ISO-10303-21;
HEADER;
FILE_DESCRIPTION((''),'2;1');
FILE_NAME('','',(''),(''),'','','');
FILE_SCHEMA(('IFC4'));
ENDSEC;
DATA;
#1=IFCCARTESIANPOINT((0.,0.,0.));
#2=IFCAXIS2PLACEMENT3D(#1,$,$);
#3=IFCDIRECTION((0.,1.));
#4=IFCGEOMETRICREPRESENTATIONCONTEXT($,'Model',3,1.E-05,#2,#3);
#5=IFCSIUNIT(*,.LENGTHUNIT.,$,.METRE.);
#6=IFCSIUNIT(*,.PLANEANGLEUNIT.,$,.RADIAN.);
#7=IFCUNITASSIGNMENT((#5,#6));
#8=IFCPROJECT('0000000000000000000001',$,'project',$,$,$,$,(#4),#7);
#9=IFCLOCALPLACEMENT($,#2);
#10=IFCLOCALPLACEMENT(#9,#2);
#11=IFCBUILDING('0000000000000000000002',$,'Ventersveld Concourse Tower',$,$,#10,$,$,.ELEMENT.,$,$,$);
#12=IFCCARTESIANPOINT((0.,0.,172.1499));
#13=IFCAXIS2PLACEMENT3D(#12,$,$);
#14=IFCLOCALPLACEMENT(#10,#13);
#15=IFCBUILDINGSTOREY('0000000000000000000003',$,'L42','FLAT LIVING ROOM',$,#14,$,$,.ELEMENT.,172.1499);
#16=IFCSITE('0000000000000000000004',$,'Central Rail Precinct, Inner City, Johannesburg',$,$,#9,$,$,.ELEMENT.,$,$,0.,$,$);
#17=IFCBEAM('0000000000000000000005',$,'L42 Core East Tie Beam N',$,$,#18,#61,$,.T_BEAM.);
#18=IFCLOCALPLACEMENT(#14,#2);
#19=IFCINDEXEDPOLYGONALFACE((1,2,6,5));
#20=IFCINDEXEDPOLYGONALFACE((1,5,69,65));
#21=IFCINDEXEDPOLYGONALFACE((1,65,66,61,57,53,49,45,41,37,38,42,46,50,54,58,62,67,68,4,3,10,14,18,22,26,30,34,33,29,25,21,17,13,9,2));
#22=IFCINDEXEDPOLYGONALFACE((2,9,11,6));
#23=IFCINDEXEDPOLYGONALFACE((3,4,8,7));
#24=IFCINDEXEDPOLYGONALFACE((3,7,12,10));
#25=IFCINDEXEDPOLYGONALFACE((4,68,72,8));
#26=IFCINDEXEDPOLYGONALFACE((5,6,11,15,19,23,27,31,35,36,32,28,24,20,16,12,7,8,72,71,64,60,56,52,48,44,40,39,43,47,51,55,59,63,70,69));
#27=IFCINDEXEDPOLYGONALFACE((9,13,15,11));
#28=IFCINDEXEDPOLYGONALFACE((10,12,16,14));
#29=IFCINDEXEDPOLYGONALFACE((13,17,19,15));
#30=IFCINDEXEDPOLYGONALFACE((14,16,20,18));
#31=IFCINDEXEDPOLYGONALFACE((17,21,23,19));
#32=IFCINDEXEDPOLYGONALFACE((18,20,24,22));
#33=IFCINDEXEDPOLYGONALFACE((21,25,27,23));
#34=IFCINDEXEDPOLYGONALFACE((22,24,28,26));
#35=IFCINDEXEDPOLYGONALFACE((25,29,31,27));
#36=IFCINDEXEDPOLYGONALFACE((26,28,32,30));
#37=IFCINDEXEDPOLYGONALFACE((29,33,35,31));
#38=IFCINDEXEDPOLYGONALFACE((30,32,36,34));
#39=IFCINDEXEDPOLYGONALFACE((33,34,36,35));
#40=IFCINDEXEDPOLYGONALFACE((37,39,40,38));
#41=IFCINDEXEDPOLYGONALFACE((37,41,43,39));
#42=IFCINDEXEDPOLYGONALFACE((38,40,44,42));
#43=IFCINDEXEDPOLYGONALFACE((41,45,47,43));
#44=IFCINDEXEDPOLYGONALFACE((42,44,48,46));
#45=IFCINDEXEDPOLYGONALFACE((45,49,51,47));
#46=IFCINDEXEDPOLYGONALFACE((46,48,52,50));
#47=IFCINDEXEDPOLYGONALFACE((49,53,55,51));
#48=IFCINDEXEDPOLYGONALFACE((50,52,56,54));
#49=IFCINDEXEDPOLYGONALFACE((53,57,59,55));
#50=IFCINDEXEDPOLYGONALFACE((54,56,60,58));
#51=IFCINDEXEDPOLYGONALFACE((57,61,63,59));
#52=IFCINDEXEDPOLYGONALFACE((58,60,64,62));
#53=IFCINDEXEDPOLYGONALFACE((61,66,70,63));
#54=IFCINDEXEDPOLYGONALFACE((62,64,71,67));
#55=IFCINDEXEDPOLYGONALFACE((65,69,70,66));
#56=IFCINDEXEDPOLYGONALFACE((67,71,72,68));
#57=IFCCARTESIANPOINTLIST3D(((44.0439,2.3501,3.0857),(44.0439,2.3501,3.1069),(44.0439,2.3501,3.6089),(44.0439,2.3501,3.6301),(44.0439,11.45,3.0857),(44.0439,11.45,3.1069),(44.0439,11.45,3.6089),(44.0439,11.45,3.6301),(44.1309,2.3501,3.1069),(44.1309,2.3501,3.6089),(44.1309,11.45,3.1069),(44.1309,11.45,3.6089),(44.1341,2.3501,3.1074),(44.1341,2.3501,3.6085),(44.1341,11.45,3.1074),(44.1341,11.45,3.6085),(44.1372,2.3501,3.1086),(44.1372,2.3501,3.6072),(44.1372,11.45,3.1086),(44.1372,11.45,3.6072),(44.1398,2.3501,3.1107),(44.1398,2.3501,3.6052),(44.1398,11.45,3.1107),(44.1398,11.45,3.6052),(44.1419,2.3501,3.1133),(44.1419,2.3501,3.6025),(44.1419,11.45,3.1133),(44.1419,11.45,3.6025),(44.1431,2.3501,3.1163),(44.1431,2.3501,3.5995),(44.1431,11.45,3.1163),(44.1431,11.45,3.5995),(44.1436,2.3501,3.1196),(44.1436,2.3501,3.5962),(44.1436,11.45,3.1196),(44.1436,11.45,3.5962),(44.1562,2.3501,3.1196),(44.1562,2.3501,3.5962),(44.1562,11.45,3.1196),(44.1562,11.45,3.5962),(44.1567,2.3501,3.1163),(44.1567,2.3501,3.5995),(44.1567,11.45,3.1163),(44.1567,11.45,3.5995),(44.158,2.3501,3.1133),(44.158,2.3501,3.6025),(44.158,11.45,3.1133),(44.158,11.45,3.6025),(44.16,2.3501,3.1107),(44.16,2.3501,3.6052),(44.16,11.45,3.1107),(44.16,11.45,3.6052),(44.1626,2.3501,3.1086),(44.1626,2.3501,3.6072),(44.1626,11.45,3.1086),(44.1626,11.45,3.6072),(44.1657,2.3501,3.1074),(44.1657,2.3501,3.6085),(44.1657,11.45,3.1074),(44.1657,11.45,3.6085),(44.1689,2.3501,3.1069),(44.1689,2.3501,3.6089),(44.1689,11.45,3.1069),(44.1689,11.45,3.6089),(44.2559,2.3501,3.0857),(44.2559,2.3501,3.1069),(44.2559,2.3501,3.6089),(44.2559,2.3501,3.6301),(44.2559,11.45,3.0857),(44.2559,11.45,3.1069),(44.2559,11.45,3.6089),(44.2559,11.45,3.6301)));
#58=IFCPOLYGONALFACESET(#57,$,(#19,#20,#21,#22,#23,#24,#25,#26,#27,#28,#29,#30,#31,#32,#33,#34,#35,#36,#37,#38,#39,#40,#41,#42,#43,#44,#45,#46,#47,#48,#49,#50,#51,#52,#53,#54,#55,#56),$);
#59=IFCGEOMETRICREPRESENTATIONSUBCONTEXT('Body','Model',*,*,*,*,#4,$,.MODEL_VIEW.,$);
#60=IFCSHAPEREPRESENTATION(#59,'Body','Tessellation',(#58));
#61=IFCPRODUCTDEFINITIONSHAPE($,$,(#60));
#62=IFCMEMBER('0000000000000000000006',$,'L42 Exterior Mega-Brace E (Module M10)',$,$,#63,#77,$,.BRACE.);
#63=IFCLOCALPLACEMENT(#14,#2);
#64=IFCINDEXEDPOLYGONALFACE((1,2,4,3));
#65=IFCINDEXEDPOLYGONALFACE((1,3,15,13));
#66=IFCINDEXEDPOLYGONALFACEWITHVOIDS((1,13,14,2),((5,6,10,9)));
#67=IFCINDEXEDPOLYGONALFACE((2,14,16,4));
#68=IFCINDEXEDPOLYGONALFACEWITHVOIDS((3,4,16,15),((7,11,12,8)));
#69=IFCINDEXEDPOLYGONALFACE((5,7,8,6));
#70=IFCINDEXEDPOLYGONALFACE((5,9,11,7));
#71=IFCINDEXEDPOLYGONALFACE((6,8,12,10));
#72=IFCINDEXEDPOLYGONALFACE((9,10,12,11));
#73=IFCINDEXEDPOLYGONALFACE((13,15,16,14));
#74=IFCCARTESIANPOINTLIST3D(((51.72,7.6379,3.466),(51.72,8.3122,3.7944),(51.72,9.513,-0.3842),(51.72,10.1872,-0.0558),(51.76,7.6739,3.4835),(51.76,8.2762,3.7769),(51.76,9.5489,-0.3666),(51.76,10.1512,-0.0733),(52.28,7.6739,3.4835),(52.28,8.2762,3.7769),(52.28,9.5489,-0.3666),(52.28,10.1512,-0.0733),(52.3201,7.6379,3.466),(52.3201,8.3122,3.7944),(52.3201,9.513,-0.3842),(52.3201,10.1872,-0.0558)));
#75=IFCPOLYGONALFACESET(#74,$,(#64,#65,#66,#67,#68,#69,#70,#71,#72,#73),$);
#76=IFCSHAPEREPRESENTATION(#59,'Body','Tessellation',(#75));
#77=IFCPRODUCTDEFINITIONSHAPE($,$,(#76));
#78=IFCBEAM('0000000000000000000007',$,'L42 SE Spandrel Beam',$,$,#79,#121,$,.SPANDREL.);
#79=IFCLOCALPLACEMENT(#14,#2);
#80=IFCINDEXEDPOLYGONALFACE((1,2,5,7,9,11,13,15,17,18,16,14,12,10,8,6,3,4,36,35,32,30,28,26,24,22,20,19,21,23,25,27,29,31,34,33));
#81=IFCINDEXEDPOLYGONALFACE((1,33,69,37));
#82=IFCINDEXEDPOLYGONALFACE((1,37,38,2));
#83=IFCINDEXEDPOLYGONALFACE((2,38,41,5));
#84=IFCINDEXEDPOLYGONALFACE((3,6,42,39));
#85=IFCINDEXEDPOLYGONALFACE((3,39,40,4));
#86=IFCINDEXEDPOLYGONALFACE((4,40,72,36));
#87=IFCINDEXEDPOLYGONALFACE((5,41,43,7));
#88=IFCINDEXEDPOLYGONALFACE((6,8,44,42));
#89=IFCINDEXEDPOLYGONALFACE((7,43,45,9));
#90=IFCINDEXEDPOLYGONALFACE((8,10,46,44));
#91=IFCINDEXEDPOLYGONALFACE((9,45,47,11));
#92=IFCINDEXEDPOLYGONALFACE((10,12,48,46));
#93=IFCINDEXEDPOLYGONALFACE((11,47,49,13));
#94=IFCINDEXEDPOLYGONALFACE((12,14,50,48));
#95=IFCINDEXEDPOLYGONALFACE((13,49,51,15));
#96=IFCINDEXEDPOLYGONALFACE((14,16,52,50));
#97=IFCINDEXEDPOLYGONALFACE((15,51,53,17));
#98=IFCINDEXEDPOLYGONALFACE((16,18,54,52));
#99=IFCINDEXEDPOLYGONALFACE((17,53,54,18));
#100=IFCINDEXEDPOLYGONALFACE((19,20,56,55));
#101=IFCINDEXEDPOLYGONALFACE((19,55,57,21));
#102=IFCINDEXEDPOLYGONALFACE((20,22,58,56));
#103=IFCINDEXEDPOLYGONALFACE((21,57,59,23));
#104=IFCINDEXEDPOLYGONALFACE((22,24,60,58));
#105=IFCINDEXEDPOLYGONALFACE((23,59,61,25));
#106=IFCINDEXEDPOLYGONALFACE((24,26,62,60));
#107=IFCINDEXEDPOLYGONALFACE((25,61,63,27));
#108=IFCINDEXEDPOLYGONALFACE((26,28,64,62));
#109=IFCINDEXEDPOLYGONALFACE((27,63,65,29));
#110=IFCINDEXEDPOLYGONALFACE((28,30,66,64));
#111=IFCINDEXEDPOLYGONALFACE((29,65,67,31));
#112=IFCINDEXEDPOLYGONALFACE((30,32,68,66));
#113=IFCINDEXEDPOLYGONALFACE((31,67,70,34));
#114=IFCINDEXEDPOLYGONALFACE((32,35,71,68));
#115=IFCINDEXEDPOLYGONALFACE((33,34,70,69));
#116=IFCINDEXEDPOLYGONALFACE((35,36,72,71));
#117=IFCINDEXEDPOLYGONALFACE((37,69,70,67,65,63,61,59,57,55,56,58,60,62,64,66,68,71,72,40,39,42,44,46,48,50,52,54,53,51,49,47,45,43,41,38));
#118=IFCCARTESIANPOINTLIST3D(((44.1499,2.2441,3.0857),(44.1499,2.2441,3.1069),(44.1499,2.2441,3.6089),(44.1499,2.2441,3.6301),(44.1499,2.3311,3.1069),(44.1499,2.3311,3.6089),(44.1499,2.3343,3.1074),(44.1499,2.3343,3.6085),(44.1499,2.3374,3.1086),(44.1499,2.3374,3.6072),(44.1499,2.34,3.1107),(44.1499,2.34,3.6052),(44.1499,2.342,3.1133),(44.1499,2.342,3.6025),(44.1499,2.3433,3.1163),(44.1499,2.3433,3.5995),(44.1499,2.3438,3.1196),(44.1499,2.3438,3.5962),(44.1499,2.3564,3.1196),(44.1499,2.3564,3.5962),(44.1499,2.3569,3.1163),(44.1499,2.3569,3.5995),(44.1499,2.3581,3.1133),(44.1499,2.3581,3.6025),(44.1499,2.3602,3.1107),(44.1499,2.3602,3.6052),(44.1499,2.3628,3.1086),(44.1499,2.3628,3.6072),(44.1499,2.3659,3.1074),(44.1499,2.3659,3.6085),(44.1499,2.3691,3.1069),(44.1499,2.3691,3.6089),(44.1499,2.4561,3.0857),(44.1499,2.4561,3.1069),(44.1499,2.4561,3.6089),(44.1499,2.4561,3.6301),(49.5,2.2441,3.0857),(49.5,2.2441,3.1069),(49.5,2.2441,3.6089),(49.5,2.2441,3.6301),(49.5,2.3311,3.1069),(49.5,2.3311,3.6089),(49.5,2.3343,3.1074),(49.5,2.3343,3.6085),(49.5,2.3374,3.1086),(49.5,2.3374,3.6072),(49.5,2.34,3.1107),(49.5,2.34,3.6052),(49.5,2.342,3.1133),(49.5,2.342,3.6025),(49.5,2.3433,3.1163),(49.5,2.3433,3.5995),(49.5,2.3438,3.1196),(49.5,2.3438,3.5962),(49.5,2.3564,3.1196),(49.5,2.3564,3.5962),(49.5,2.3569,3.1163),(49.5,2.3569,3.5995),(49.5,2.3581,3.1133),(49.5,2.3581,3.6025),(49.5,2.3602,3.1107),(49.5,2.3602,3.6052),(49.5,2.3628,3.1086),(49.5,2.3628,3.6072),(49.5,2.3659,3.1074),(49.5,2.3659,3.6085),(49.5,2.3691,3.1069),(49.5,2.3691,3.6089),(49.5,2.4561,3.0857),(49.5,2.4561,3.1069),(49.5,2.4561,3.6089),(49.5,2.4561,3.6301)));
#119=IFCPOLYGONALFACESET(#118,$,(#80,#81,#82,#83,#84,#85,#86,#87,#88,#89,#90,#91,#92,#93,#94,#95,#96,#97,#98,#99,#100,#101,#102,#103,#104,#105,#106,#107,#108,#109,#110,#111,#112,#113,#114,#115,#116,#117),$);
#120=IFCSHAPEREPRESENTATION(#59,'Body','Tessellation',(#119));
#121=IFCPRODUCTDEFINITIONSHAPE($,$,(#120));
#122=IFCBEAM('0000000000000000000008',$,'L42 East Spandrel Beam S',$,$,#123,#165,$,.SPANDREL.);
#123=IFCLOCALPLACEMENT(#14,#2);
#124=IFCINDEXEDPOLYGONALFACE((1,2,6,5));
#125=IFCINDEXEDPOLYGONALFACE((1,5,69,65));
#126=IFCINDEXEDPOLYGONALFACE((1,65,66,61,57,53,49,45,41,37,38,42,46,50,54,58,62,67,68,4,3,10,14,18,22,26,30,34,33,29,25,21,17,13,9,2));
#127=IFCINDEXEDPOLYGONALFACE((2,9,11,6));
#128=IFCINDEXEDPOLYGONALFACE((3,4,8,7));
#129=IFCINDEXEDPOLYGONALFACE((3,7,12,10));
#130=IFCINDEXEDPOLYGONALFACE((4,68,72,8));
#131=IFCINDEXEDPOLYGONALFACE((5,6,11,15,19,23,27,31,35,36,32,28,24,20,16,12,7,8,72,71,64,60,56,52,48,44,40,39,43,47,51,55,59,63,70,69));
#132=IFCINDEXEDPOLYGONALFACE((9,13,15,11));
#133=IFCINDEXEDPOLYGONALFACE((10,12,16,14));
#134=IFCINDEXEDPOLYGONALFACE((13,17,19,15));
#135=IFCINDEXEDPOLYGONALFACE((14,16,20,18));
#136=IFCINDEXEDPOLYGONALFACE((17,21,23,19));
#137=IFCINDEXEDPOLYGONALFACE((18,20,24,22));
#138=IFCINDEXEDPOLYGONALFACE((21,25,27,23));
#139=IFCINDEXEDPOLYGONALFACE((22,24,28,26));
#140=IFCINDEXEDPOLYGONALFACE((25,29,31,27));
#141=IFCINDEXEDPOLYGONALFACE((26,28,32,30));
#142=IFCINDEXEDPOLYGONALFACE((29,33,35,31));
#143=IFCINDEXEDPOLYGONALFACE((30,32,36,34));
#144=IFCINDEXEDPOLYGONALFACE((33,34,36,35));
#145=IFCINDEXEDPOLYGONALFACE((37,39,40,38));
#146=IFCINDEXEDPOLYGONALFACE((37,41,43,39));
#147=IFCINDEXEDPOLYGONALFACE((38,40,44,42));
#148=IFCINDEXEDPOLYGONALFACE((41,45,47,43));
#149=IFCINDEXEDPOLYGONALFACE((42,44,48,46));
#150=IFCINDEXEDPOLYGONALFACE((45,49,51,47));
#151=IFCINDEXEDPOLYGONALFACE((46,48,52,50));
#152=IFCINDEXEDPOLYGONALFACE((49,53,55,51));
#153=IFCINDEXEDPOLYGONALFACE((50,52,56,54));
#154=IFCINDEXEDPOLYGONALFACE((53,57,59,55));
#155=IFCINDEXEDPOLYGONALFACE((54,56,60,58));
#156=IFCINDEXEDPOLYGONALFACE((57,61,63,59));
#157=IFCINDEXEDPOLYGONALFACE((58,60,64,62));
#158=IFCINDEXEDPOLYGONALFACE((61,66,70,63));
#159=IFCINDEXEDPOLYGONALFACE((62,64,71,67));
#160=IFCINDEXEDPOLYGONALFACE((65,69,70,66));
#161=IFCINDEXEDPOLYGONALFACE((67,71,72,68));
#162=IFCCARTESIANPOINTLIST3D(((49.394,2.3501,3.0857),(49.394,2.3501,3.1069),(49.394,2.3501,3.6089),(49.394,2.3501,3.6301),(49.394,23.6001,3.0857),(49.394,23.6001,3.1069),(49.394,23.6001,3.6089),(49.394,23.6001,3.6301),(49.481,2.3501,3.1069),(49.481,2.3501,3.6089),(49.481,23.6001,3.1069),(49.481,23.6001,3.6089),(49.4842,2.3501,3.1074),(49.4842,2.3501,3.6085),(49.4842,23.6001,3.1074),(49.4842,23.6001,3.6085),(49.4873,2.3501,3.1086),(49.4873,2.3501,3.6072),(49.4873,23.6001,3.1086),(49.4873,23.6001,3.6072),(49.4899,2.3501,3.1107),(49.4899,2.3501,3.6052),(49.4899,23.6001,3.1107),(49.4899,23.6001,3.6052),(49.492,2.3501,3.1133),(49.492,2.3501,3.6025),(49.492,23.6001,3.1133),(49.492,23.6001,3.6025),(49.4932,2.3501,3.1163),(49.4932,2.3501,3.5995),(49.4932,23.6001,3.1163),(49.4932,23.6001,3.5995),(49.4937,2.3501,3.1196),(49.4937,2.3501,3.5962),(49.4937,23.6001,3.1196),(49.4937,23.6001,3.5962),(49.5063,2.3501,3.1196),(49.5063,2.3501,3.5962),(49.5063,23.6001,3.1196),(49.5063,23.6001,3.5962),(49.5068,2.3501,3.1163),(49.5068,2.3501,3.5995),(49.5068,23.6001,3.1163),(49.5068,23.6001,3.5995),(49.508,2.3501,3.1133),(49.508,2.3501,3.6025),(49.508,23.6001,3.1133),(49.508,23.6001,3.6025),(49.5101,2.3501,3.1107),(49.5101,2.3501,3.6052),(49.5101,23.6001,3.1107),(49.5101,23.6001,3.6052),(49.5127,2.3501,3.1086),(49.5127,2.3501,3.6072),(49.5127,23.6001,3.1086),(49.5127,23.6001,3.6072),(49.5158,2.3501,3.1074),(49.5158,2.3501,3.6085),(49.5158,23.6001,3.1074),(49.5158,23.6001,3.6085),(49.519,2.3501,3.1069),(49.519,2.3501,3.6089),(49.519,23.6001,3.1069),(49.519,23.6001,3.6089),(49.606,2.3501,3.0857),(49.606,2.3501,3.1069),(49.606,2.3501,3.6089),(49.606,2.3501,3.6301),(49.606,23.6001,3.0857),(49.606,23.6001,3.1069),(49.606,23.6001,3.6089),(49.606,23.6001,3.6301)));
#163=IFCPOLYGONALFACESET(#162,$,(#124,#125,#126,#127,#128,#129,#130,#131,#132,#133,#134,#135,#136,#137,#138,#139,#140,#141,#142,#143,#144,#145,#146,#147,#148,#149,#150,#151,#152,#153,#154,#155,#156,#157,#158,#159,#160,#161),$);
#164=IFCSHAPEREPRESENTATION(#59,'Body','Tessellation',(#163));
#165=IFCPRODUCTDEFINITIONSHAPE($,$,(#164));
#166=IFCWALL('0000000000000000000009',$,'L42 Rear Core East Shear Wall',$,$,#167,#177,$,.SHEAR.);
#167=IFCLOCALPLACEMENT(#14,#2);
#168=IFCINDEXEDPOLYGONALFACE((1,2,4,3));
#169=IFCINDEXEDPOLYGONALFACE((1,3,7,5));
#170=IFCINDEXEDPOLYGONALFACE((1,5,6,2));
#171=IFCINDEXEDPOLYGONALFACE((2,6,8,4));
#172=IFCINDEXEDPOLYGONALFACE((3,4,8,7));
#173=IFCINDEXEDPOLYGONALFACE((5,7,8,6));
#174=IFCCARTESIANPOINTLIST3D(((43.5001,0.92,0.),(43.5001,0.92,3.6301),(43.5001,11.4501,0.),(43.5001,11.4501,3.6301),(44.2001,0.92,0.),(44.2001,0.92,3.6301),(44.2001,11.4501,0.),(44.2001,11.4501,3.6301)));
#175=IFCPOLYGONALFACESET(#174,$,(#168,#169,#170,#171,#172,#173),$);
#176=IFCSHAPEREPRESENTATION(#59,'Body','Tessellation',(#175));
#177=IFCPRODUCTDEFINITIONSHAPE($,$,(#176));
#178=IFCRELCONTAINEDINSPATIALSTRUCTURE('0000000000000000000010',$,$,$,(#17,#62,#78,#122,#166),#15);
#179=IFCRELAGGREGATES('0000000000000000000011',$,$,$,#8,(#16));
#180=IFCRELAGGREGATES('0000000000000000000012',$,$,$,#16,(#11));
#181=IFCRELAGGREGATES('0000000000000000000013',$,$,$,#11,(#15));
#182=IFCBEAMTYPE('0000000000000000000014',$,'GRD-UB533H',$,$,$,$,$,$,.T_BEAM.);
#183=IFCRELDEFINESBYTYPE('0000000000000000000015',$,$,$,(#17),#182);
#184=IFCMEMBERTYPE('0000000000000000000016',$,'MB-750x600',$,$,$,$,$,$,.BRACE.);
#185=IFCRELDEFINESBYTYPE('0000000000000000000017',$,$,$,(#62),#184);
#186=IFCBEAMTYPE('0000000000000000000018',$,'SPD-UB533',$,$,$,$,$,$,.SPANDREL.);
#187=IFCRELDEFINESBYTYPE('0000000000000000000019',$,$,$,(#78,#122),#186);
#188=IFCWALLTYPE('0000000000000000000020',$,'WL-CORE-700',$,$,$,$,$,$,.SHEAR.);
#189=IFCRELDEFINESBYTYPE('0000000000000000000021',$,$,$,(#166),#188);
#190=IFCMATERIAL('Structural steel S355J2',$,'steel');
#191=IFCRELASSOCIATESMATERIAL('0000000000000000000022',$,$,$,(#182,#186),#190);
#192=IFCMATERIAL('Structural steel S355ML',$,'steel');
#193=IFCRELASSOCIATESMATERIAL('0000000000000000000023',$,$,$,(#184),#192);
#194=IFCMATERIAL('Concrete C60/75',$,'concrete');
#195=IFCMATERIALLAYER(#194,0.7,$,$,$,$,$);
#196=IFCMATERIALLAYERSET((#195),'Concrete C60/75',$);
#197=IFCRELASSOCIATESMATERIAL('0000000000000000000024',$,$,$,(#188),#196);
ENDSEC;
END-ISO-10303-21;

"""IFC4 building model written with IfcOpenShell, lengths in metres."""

from ifc_helpers import new_model, si_unit, direction, frame, frame_2d, origin, origin_2d, place, context, subcontext, project, spatial, rectangle, hollow_rectangle, i_section, extrude, material, layer, layer_set, material_profile, profile_set, type_object, element, save


model = new_model("IFC4")

# Units and contexts
model_context = context("Model", 3, precision=1e-05, world=origin(), true_north=direction((0.0, 1.0)))
body_context = subcontext(model_context, "Body", "Model", "MODEL_VIEW")
ifc_project = project(units=[si_unit("LENGTHUNIT", "METRE"), si_unit("PLANEANGLEUNIT", "RADIAN")], contexts=[model_context])

# Site, building, storey
site_placement = place(None, origin())
site = spatial("IfcSite", under=ifc_project, at=site_placement, Name="Central Rail Precinct, Inner City, Johannesburg", CompositionType="ELEMENT", RefElevation=0.0)
building_placement = place(site_placement, origin())
building = spatial("IfcBuilding", under=site, at=building_placement, Name="Ventersveld Concourse Tower", CompositionType="ELEMENT")
storey_placement = place(building_placement, frame((0.0, 0.0, 172.1499)))
storey = spatial("IfcBuildingStorey", under=building, at=storey_placement, Name="L42", Description="FLAT LIVING ROOM", CompositionType="ELEMENT", Elevation=172.1499)

# Beam
ifc_material_1 = material(Name="Structural steel S355J2", Category="steel")
ifc_material_profile_1 = material_profile(ifc_material_1, i_section(OverallWidth=0.2119, OverallDepth=0.5444, WebThickness=0.0127, FlangeThickness=0.0212, FilletRadius=0.0127, at=origin_2d()), Name="UB 533x210x122")
ifc_profile_set_1 = profile_set([ifc_material_profile_1], Name="Structural steel S355J2")
beam_type_1 = type_object("IfcBeamType", Name="GRD-UB533H", PredefinedType="T_BEAM", material=ifc_profile_set_1)
beam_1_placement = place(storey_placement, frame((44.1499, 2.3501, 3.3579), z_axis=(0.0, 1.0, 0.0), x_axis=(-1.0, 0.0, 0.0)))
element("IfcBeam", 1, at=beam_1_placement, inside=storey, type_object=beam_type_1, Name="L42 Core East Tie Beam N", PredefinedType="T_BEAM", context=body_context, shape_type="SweptSolid", body=[
    extrude(i_section(OverallWidth=0.2119, OverallDepth=0.5444, WebThickness=0.0127, FlangeThickness=0.0212, FilletRadius=0.0127, at=origin_2d()), origin(), (0.0, 0.0, 1.0), 9.0999),
])

# Member
ifc_material_2 = material(Name="Structural steel S355ML", Category="steel")
ifc_material_profile_2 = material_profile(ifc_material_2, hollow_rectangle(XDim=0.6001, YDim=0.75, WallThickness=0.04, at=origin_2d()), Name="BOX 750x600x40")
ifc_profile_set_2 = profile_set([ifc_material_profile_2], Name="Structural steel S355ML")
member_type = type_object("IfcMemberType", Name="MB-750x600", PredefinedType="BRACE", material=ifc_profile_set_2)
member_placement = place(storey_placement, frame((52.02, 9.8501, -0.22), z_axis=(0.0, -0.437839, 0.899053), x_axis=(1.0, 0.0, 0.0)))
element("IfcMember", 2, at=member_placement, inside=storey, type_object=member_type, Name="L42 Exterior Mega-Brace E (Module M10)", PredefinedType="BRACE", context=body_context, shape_type="SweptSolid", body=[
    extrude(hollow_rectangle(XDim=0.6001, YDim=0.75, WallThickness=0.04, at=origin_2d()), origin(), (0.0, 0.0, 1.0), 4.2825),
])

# Beams
ifc_material_profile_3 = material_profile(ifc_material_1, i_section(OverallWidth=0.2119, OverallDepth=0.5444, WebThickness=0.0127, FlangeThickness=0.0212, FilletRadius=0.0127, at=origin_2d()), Name="UB 533x210x122")
ifc_profile_set_3 = profile_set([ifc_material_profile_3], Name="Structural steel S355J2")
beam_type_2 = type_object("IfcBeamType", Name="SPD-UB533", PredefinedType="SPANDREL", material=ifc_profile_set_3)
beam_2_placement = place(storey_placement, frame((44.1499, 2.3501, 3.3579), z_axis=(1.0, 0.0, 0.0), x_axis=(0.0, 1.0, 0.0)))
element("IfcBeam", 3, at=beam_2_placement, inside=storey, type_object=beam_type_2, Name="L42 SE Spandrel Beam", PredefinedType="SPANDREL", context=body_context, shape_type="SweptSolid", body=[
    extrude(i_section(OverallWidth=0.2119, OverallDepth=0.5444, WebThickness=0.0127, FlangeThickness=0.0212, FilletRadius=0.0127, at=origin_2d()), origin(), (0.0, 0.0, 1.0), 5.3501),
])
beam_3_placement = place(storey_placement, frame((49.5, 2.3501, 3.3579), z_axis=(0.0, 1.0, 0.0), x_axis=(-1.0, 0.0, 0.0)))
element("IfcBeam", 4, at=beam_3_placement, inside=storey, type_object=beam_type_2, Name="L42 East Spandrel Beam S", PredefinedType="SPANDREL", context=body_context, shape_type="SweptSolid", body=[
    extrude(i_section(OverallWidth=0.2119, OverallDepth=0.5444, WebThickness=0.0127, FlangeThickness=0.0212, FilletRadius=0.0127, at=origin_2d()), origin(), (0.0, 0.0, 1.0), 21.25),
])

# Wall
ifc_material_3 = material(Name="Concrete C60/75", Category="concrete")
ifc_layer_1 = layer(ifc_material_3, 0.7)
ifc_layer_set_1 = layer_set([ifc_layer_1], Name="Concrete C60/75")
wall_type_1 = type_object("IfcWallType", Name="WL-CORE-700", PredefinedType="SHEAR", material=ifc_layer_set_1)
wall_1_placement = place(storey_placement, frame((43.8501, 0.9199, 0.0), z_axis=(0.0, 0.0, 1.0), x_axis=(0.0, 1.0, 0.0)))
element("IfcWall", 5, at=wall_1_placement, inside=storey, type_object=wall_type_1, Name="L42 Rear Core East Shear Wall", PredefinedType="SHEAR", context=body_context, shape_type="SweptSolid", body=[
    extrude(rectangle(XDim=10.53, YDim=0.7, at=frame_2d((5.2651, 0.0))), origin(), (0.0, 0.0, 1.0), 3.6301),
])

save(model, "model.ifc")
